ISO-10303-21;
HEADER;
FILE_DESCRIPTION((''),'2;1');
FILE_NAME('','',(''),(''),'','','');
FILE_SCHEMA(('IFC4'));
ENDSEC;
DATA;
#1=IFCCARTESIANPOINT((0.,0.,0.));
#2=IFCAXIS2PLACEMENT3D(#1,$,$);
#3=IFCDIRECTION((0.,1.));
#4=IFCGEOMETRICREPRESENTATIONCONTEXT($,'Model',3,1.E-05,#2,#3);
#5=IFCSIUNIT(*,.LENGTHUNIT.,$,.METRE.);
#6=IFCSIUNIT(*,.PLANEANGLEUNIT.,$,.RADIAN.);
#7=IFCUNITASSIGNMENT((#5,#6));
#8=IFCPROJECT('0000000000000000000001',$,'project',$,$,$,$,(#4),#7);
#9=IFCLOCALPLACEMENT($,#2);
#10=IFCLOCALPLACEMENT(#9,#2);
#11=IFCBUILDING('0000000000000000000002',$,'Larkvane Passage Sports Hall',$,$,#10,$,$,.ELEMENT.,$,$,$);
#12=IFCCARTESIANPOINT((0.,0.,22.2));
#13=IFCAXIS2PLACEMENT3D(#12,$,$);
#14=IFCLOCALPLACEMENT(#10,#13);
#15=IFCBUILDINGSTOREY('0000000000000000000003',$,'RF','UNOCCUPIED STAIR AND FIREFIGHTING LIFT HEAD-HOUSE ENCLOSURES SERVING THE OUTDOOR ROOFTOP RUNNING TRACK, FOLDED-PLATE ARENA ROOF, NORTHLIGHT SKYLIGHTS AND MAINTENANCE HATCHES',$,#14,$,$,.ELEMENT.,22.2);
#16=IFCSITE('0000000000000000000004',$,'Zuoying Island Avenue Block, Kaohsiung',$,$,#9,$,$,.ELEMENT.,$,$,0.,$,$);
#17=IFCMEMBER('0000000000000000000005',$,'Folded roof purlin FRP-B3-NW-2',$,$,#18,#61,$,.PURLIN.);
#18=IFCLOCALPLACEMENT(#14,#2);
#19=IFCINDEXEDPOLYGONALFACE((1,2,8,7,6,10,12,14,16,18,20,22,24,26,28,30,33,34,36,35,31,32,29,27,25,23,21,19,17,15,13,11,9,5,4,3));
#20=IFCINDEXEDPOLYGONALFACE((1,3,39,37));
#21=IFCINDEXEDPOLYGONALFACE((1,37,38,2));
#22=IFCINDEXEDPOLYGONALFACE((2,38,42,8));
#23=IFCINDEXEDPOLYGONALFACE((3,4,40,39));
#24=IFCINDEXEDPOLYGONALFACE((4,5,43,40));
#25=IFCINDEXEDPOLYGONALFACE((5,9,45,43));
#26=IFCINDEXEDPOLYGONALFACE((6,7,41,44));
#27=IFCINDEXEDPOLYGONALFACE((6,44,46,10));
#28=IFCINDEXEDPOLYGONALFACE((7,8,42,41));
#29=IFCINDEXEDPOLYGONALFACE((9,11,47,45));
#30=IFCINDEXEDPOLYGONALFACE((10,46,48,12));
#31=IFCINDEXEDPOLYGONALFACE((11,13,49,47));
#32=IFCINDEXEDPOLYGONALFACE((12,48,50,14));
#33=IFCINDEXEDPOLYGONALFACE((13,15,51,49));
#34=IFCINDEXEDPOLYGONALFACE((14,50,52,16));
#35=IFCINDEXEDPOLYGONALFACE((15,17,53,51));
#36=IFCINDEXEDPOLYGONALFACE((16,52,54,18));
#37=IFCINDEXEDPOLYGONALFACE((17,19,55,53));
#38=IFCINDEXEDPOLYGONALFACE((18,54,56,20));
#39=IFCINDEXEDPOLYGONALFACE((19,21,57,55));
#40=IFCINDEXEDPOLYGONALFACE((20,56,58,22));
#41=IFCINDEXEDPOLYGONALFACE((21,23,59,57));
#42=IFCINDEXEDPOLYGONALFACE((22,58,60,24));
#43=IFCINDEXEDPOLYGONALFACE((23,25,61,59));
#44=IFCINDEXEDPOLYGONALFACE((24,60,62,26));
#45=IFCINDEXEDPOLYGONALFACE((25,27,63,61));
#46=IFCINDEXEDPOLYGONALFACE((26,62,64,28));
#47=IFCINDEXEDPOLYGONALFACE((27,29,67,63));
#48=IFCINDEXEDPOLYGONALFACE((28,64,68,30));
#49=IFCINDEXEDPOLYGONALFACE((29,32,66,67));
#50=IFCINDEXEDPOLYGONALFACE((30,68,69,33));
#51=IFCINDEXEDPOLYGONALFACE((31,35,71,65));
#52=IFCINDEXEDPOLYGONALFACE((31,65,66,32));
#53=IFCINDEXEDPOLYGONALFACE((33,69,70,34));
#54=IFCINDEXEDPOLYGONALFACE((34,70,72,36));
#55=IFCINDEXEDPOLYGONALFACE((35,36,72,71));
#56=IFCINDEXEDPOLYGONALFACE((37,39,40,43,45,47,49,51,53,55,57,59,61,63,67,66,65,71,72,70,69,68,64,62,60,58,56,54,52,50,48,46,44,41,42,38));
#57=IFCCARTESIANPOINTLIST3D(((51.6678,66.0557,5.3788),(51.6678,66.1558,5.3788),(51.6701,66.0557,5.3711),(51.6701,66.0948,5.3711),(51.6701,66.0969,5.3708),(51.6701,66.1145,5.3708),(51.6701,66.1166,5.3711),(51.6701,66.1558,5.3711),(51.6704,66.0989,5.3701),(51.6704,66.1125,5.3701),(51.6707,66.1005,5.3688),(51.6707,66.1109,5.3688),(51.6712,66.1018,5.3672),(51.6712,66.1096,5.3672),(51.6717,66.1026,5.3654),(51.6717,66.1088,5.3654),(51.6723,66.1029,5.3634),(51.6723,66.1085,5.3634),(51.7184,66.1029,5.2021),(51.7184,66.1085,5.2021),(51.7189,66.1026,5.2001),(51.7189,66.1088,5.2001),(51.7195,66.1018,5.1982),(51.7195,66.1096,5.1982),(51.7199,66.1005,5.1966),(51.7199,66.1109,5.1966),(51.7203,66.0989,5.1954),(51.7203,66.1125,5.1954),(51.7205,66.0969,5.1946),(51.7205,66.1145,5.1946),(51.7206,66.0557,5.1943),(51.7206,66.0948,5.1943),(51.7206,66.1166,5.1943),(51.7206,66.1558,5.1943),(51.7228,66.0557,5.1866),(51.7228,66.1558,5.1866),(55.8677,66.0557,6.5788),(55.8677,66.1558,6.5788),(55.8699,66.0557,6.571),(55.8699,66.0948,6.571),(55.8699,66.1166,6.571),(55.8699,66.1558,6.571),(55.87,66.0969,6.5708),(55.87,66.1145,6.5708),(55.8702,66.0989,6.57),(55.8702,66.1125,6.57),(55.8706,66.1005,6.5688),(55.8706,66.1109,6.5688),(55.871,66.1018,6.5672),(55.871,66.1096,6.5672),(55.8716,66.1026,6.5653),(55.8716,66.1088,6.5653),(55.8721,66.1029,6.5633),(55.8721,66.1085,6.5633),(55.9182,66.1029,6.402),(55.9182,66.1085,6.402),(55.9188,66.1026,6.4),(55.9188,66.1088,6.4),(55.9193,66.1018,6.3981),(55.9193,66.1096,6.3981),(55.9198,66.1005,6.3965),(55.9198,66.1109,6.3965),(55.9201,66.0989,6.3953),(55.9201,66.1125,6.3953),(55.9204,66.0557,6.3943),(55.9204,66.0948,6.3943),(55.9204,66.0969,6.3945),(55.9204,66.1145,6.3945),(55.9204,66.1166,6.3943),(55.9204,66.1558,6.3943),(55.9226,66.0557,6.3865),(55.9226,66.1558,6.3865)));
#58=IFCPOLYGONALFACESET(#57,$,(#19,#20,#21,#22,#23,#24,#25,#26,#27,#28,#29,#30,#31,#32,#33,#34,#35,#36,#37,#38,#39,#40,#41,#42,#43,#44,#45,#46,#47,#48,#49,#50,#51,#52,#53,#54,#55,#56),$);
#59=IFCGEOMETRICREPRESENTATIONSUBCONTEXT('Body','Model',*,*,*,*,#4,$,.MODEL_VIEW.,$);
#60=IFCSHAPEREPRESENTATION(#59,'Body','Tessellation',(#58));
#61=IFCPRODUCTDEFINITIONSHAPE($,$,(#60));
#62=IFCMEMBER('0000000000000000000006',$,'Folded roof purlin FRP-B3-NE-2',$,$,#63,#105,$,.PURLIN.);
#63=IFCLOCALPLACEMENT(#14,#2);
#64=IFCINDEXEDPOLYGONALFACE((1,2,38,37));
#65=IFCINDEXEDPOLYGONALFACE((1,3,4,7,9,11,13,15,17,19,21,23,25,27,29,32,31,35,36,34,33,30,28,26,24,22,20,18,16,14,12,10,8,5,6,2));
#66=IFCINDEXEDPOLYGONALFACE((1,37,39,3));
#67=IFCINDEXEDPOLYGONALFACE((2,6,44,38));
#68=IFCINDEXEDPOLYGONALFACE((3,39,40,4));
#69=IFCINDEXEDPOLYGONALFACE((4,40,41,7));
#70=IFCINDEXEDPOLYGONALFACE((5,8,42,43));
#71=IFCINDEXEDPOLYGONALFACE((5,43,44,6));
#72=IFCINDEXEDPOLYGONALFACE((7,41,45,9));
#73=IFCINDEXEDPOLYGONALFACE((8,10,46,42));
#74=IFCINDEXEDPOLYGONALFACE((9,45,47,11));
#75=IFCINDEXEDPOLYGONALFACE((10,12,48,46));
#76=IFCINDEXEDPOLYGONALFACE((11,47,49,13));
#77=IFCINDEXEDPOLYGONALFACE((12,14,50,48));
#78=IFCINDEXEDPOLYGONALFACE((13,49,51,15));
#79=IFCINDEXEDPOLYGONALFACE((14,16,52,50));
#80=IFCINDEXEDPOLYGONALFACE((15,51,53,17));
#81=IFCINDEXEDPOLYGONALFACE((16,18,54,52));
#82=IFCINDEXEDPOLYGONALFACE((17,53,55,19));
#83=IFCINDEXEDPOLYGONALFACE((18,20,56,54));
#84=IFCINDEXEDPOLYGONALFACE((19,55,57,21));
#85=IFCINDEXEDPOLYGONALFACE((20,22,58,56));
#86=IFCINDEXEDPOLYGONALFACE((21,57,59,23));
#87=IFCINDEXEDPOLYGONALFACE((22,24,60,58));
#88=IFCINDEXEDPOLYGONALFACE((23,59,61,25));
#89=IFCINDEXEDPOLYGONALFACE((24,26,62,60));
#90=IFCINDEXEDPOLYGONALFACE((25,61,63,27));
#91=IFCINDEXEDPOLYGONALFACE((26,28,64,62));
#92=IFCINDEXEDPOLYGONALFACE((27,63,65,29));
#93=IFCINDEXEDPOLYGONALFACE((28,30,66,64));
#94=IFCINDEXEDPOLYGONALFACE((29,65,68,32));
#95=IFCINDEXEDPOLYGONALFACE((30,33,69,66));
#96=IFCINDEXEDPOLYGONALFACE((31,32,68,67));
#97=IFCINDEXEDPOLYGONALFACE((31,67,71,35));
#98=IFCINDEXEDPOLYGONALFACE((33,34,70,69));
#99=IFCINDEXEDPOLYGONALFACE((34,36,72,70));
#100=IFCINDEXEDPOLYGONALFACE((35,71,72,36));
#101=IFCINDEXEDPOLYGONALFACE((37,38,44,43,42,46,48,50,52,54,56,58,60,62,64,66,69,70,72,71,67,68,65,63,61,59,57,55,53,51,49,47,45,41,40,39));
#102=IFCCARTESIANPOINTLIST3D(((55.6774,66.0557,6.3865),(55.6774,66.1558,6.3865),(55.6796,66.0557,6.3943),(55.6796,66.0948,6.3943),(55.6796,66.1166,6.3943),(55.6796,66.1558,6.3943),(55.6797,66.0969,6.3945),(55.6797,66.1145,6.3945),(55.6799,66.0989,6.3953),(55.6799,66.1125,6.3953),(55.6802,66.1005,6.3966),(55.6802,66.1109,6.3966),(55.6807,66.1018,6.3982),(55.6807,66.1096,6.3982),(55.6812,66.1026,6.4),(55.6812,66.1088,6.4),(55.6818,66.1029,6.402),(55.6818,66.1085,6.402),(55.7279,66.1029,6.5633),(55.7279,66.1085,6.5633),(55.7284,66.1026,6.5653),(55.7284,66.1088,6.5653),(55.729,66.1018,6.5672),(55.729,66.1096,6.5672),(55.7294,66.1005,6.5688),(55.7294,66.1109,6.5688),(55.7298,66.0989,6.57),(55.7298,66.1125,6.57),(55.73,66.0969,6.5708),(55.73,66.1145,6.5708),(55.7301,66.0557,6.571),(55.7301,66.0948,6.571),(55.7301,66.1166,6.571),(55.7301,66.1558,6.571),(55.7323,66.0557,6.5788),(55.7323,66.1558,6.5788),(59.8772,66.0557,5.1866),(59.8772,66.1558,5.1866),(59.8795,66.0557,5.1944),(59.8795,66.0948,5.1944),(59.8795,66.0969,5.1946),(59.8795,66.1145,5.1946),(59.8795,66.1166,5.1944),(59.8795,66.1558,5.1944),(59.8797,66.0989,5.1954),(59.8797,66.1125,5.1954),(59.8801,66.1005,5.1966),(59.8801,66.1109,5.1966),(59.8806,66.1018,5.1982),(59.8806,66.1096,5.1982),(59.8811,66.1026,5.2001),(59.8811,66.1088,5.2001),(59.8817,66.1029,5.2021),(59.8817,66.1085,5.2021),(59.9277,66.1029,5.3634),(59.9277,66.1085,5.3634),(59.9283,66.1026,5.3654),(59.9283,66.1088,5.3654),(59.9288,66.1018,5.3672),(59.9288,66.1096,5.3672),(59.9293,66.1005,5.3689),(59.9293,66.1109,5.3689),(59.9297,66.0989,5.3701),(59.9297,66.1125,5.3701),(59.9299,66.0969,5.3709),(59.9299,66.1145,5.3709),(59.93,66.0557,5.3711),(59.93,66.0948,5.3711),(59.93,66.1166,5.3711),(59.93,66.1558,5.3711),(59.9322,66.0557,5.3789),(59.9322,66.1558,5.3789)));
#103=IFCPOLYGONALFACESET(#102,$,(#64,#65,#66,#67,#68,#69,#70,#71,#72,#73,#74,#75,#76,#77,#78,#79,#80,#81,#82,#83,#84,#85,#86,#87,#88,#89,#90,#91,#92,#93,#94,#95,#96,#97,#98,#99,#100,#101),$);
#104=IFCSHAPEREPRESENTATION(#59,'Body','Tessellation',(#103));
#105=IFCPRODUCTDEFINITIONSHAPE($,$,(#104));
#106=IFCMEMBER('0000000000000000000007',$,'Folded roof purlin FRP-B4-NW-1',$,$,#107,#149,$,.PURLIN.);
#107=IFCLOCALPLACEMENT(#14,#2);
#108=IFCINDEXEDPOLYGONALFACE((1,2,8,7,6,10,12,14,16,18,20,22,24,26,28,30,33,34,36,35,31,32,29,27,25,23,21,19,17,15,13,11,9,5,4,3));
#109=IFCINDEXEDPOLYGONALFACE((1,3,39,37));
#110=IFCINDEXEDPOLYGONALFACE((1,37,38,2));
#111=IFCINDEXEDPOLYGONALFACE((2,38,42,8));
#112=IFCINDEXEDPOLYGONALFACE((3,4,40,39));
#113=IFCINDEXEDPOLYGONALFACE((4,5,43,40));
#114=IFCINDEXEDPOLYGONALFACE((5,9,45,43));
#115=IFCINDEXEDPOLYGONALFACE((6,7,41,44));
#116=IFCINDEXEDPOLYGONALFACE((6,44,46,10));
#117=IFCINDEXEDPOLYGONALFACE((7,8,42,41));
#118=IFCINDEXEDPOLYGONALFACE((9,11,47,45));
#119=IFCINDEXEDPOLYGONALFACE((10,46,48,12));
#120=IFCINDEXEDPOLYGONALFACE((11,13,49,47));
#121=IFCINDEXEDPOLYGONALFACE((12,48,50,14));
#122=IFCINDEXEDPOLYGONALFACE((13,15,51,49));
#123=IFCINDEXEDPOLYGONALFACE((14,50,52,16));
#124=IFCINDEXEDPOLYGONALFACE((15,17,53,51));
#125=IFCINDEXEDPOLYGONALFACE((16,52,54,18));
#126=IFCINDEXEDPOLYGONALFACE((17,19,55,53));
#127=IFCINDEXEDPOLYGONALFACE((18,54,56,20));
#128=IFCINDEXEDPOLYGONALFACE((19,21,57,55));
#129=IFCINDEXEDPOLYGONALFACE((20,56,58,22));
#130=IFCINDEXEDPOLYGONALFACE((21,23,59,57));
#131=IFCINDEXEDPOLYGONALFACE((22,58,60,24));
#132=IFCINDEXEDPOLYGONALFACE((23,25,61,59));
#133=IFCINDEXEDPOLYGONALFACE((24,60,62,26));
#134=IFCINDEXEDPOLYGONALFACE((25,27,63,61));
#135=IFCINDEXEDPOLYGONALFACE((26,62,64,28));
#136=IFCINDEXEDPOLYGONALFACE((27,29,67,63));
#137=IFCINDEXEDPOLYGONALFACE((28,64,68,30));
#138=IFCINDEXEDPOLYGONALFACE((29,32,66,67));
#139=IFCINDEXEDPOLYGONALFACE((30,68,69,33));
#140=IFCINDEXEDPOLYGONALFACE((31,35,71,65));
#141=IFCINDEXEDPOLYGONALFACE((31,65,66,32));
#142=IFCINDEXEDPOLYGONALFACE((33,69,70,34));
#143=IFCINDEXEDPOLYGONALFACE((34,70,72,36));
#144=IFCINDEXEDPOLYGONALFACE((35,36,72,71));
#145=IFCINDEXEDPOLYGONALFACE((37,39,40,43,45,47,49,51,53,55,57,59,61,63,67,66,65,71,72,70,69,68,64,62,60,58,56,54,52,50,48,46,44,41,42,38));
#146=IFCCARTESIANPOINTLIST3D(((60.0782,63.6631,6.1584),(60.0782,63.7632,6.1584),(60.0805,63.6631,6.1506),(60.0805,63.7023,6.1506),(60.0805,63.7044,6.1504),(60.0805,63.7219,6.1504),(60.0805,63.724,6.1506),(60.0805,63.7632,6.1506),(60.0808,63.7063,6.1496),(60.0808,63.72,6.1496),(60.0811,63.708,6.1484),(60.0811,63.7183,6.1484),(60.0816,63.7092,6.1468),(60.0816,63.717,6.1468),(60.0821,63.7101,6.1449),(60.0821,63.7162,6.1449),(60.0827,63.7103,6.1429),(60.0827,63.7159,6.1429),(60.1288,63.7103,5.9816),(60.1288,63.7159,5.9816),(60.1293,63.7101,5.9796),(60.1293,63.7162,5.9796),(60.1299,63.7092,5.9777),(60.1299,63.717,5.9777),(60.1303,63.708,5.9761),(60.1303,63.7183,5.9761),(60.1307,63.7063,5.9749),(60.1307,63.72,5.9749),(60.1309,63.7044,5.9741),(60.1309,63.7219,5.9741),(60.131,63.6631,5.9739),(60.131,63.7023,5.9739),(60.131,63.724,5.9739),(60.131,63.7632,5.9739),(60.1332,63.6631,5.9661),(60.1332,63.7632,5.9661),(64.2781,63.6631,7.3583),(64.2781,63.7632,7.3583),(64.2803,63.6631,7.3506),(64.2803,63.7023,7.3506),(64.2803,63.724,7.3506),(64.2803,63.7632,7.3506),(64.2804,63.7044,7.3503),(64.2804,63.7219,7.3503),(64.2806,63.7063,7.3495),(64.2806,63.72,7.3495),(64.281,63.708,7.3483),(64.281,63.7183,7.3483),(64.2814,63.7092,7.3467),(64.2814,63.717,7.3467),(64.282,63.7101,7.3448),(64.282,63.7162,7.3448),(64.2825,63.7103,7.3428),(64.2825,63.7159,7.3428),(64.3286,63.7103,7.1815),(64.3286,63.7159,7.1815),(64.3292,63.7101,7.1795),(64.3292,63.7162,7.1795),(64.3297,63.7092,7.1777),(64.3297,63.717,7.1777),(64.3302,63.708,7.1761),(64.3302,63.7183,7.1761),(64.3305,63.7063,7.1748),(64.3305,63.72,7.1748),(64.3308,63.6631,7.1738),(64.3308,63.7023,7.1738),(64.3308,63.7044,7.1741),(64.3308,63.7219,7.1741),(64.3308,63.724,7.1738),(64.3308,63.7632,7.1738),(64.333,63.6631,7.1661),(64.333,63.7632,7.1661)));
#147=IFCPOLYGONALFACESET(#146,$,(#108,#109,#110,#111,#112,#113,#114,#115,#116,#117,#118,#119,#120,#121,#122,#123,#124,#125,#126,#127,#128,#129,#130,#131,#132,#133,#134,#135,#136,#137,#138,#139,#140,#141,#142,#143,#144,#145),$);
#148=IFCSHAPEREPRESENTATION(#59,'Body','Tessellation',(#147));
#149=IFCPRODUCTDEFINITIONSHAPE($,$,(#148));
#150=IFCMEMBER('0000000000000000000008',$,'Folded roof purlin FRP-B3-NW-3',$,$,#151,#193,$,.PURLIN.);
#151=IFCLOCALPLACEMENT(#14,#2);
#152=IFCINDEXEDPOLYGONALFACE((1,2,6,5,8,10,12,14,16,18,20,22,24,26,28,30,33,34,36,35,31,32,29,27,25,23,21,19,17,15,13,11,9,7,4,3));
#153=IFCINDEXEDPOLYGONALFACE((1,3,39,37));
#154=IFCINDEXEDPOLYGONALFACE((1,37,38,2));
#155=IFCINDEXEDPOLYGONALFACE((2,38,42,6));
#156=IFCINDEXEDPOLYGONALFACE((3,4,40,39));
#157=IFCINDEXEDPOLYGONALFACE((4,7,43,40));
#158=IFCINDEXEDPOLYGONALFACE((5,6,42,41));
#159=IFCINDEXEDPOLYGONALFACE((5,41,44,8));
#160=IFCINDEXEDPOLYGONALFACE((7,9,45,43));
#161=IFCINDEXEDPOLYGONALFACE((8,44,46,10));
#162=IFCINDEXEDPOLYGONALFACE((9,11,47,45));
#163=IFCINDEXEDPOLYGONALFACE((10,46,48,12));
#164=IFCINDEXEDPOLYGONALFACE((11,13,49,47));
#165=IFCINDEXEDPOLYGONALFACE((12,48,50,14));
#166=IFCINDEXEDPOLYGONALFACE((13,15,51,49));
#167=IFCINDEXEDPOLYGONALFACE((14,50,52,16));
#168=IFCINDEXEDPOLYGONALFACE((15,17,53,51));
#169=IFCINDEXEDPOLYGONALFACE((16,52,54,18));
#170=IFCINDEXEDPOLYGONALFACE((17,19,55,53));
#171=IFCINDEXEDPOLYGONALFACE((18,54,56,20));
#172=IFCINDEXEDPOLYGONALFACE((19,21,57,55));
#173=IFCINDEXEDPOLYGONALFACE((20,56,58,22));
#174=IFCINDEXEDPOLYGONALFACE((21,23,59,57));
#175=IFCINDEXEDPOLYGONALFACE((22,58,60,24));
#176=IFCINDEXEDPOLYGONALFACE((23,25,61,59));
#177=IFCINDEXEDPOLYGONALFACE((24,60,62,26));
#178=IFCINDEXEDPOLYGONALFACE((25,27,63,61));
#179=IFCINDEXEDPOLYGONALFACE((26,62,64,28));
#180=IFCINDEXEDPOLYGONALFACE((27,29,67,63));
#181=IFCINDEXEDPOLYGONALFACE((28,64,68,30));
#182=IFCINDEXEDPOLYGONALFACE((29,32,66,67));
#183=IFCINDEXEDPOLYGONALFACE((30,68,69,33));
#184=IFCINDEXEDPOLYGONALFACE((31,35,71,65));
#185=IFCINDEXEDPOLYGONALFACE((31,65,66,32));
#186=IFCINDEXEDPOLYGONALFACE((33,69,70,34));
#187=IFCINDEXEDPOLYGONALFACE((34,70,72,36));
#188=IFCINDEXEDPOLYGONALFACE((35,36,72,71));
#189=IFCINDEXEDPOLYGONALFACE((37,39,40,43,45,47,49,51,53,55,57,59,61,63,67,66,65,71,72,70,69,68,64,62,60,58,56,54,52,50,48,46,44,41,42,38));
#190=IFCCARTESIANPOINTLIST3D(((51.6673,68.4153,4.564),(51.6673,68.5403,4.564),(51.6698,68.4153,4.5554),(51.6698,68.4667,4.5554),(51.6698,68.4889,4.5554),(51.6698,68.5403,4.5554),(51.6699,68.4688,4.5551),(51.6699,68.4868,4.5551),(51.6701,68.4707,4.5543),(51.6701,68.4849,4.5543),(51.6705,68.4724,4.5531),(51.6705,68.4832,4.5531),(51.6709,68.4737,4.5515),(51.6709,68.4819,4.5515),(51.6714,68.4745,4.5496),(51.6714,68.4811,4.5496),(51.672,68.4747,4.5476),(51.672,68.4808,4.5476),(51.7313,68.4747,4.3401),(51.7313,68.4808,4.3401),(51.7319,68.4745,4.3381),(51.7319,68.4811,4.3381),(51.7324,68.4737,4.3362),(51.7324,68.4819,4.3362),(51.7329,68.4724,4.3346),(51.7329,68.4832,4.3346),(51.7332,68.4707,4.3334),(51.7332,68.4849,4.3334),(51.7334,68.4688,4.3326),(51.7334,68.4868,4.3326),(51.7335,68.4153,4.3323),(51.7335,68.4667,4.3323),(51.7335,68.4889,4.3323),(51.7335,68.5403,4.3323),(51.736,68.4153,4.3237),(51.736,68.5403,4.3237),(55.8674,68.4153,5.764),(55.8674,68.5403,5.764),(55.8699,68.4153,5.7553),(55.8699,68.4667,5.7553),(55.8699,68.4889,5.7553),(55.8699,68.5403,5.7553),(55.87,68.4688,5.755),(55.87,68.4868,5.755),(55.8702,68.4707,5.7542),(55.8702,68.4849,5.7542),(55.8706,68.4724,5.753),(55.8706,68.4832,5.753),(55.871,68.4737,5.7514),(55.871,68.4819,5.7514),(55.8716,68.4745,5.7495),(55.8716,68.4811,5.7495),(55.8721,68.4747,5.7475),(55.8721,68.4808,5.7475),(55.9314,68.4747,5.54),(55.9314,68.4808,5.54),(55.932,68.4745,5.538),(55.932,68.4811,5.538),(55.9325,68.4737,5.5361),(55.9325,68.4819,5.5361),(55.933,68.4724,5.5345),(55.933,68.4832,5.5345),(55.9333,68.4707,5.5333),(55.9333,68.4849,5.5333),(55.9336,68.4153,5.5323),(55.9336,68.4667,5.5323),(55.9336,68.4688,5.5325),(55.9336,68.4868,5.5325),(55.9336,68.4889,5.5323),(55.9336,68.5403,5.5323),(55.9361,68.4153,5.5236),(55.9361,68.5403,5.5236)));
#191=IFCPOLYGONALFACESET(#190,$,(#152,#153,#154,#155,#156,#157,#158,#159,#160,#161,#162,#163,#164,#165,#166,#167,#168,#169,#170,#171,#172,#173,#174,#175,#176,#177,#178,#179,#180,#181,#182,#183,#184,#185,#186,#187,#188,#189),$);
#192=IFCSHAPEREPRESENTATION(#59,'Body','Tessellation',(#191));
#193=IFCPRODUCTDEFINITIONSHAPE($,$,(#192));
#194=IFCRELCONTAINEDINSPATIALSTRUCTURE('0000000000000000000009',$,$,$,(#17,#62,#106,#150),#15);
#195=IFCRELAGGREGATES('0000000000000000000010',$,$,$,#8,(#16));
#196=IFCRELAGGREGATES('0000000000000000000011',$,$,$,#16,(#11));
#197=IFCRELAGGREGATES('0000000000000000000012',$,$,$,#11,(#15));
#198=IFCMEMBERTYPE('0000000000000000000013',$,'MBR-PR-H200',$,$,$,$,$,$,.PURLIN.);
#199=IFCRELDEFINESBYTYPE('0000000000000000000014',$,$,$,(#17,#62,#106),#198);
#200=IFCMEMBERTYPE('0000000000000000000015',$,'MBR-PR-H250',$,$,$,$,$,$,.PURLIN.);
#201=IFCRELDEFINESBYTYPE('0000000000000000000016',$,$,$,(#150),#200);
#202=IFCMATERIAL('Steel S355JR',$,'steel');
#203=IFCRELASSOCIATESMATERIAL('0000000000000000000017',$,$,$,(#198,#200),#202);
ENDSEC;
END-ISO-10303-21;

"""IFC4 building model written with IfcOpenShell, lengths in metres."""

from ifc_helpers import new_model, si_unit, direction, frame, origin, origin_2d, place, context, subcontext, project, spatial, i_section, extrude, material, material_profile, profile_set, type_object, element, save


model = new_model("IFC4")

# Units and contexts
model_context = context("Model", 3, precision=1e-05, world=origin(), true_north=direction((0.0, 1.0)))
body_context = subcontext(model_context, "Body", "Model", "MODEL_VIEW")
ifc_project = project(units=[si_unit("LENGTHUNIT", "METRE"), si_unit("PLANEANGLEUNIT", "RADIAN")], contexts=[model_context])

# Site, building, storey
site_placement = place(None, origin())
site = spatial("IfcSite", under=ifc_project, at=site_placement, Name="Zuoying Island Avenue Block, Kaohsiung", CompositionType="ELEMENT", RefElevation=0.0)
building_placement = place(site_placement, origin())
building = spatial("IfcBuilding", under=site, at=building_placement, Name="Larkvane Passage Sports Hall", CompositionType="ELEMENT")
storey_placement = place(building_placement, frame((0.0, 0.0, 22.2)))
storey = spatial("IfcBuildingStorey", under=building, at=storey_placement, Name="RF", Description="UNOCCUPIED STAIR AND FIREFIGHTING LIFT HEAD-HOUSE ENCLOSURES SERVING THE OUTDOOR ROOFTOP RUNNING TRACK, FOLDED-PLATE ARENA ROOF, NORTHLIGHT SKYLIGHTS AND MAINTENANCE HATCHES", CompositionType="ELEMENT", Elevation=22.2)

# Members
ifc_material_1 = material(Name="Steel S355JR", Category="steel")
ifc_material_profile_1 = material_profile(ifc_material_1, i_section(OverallWidth=0.1001, OverallDepth=0.2, WebThickness=0.0056, FlangeThickness=0.0081, FilletRadius=0.0081, at=origin_2d()), Name="H-200x100x5.5x8")
ifc_profile_set_1 = profile_set([ifc_material_profile_1], Name="Steel S355JR")
member_type_1 = type_object("IfcMemberType", Name="MBR-PR-H200", PredefinedType="PURLIN", material=ifc_profile_set_1)
for number, where, z_axis, x_axis, name in (
    (1, (51.6953, 66.1057, 5.2827), (0.961526, 0.0, 0.274714), (0.0, 1.0, 0.0), "Folded roof purlin FRP-B3-NW-2"),
    (2, (55.7048, 66.1057, 6.4827), (0.961526, 0.0, -0.274714), (0.0, 1.0, 0.0), "Folded roof purlin FRP-B3-NE-2"),
    (3, (60.1057, 63.7131, 6.0623), (0.961526, 0.0, 0.274714), (0.0, 1.0, 0.0), "Folded roof purlin FRP-B4-NW-1"),
):
    element("IfcMember", number, at=place(storey_placement, frame(where, z_axis=z_axis, x_axis=x_axis)), inside=storey, type_object=member_type_1, Name=name, PredefinedType="PURLIN", context=body_context, shape_type="SweptSolid", body=[
        extrude(i_section(OverallWidth=0.1001, OverallDepth=0.2, WebThickness=0.0056, FlangeThickness=0.0081, FilletRadius=0.0081, at=origin_2d()), origin(), (0.0, 0.0, 1.0), 4.3679),
    ])
ifc_material_profile_2 = material_profile(ifc_material_1, i_section(OverallWidth=0.125, OverallDepth=0.25, WebThickness=0.0061, FlangeThickness=0.009, FilletRadius=0.0081, at=origin_2d()), Name="H-250x125x6x9")
ifc_profile_set_2 = profile_set([ifc_material_profile_2], Name="Steel S355JR")
member_type_2 = type_object("IfcMemberType", Name="MBR-PR-H250", PredefinedType="PURLIN", material=ifc_profile_set_2)
member_1_placement = place(storey_placement, frame((51.7017, 68.4778, 4.4438), z_axis=(0.96153, 0.0, 0.274699), x_axis=(0.0, 1.0, 0.0)))
element("IfcMember", 4, at=member_1_placement, inside=storey, type_object=member_type_2, Name="Folded roof purlin FRP-B3-NW-3", PredefinedType="PURLIN", context=body_context, shape_type="SweptSolid", body=[
    extrude(i_section(OverallWidth=0.125, OverallDepth=0.25, WebThickness=0.0061, FlangeThickness=0.009, FilletRadius=0.0081, at=origin_2d()), origin(), (0.0, 0.0, 1.0), 4.3682),
])

save(model, "model.ifc")
